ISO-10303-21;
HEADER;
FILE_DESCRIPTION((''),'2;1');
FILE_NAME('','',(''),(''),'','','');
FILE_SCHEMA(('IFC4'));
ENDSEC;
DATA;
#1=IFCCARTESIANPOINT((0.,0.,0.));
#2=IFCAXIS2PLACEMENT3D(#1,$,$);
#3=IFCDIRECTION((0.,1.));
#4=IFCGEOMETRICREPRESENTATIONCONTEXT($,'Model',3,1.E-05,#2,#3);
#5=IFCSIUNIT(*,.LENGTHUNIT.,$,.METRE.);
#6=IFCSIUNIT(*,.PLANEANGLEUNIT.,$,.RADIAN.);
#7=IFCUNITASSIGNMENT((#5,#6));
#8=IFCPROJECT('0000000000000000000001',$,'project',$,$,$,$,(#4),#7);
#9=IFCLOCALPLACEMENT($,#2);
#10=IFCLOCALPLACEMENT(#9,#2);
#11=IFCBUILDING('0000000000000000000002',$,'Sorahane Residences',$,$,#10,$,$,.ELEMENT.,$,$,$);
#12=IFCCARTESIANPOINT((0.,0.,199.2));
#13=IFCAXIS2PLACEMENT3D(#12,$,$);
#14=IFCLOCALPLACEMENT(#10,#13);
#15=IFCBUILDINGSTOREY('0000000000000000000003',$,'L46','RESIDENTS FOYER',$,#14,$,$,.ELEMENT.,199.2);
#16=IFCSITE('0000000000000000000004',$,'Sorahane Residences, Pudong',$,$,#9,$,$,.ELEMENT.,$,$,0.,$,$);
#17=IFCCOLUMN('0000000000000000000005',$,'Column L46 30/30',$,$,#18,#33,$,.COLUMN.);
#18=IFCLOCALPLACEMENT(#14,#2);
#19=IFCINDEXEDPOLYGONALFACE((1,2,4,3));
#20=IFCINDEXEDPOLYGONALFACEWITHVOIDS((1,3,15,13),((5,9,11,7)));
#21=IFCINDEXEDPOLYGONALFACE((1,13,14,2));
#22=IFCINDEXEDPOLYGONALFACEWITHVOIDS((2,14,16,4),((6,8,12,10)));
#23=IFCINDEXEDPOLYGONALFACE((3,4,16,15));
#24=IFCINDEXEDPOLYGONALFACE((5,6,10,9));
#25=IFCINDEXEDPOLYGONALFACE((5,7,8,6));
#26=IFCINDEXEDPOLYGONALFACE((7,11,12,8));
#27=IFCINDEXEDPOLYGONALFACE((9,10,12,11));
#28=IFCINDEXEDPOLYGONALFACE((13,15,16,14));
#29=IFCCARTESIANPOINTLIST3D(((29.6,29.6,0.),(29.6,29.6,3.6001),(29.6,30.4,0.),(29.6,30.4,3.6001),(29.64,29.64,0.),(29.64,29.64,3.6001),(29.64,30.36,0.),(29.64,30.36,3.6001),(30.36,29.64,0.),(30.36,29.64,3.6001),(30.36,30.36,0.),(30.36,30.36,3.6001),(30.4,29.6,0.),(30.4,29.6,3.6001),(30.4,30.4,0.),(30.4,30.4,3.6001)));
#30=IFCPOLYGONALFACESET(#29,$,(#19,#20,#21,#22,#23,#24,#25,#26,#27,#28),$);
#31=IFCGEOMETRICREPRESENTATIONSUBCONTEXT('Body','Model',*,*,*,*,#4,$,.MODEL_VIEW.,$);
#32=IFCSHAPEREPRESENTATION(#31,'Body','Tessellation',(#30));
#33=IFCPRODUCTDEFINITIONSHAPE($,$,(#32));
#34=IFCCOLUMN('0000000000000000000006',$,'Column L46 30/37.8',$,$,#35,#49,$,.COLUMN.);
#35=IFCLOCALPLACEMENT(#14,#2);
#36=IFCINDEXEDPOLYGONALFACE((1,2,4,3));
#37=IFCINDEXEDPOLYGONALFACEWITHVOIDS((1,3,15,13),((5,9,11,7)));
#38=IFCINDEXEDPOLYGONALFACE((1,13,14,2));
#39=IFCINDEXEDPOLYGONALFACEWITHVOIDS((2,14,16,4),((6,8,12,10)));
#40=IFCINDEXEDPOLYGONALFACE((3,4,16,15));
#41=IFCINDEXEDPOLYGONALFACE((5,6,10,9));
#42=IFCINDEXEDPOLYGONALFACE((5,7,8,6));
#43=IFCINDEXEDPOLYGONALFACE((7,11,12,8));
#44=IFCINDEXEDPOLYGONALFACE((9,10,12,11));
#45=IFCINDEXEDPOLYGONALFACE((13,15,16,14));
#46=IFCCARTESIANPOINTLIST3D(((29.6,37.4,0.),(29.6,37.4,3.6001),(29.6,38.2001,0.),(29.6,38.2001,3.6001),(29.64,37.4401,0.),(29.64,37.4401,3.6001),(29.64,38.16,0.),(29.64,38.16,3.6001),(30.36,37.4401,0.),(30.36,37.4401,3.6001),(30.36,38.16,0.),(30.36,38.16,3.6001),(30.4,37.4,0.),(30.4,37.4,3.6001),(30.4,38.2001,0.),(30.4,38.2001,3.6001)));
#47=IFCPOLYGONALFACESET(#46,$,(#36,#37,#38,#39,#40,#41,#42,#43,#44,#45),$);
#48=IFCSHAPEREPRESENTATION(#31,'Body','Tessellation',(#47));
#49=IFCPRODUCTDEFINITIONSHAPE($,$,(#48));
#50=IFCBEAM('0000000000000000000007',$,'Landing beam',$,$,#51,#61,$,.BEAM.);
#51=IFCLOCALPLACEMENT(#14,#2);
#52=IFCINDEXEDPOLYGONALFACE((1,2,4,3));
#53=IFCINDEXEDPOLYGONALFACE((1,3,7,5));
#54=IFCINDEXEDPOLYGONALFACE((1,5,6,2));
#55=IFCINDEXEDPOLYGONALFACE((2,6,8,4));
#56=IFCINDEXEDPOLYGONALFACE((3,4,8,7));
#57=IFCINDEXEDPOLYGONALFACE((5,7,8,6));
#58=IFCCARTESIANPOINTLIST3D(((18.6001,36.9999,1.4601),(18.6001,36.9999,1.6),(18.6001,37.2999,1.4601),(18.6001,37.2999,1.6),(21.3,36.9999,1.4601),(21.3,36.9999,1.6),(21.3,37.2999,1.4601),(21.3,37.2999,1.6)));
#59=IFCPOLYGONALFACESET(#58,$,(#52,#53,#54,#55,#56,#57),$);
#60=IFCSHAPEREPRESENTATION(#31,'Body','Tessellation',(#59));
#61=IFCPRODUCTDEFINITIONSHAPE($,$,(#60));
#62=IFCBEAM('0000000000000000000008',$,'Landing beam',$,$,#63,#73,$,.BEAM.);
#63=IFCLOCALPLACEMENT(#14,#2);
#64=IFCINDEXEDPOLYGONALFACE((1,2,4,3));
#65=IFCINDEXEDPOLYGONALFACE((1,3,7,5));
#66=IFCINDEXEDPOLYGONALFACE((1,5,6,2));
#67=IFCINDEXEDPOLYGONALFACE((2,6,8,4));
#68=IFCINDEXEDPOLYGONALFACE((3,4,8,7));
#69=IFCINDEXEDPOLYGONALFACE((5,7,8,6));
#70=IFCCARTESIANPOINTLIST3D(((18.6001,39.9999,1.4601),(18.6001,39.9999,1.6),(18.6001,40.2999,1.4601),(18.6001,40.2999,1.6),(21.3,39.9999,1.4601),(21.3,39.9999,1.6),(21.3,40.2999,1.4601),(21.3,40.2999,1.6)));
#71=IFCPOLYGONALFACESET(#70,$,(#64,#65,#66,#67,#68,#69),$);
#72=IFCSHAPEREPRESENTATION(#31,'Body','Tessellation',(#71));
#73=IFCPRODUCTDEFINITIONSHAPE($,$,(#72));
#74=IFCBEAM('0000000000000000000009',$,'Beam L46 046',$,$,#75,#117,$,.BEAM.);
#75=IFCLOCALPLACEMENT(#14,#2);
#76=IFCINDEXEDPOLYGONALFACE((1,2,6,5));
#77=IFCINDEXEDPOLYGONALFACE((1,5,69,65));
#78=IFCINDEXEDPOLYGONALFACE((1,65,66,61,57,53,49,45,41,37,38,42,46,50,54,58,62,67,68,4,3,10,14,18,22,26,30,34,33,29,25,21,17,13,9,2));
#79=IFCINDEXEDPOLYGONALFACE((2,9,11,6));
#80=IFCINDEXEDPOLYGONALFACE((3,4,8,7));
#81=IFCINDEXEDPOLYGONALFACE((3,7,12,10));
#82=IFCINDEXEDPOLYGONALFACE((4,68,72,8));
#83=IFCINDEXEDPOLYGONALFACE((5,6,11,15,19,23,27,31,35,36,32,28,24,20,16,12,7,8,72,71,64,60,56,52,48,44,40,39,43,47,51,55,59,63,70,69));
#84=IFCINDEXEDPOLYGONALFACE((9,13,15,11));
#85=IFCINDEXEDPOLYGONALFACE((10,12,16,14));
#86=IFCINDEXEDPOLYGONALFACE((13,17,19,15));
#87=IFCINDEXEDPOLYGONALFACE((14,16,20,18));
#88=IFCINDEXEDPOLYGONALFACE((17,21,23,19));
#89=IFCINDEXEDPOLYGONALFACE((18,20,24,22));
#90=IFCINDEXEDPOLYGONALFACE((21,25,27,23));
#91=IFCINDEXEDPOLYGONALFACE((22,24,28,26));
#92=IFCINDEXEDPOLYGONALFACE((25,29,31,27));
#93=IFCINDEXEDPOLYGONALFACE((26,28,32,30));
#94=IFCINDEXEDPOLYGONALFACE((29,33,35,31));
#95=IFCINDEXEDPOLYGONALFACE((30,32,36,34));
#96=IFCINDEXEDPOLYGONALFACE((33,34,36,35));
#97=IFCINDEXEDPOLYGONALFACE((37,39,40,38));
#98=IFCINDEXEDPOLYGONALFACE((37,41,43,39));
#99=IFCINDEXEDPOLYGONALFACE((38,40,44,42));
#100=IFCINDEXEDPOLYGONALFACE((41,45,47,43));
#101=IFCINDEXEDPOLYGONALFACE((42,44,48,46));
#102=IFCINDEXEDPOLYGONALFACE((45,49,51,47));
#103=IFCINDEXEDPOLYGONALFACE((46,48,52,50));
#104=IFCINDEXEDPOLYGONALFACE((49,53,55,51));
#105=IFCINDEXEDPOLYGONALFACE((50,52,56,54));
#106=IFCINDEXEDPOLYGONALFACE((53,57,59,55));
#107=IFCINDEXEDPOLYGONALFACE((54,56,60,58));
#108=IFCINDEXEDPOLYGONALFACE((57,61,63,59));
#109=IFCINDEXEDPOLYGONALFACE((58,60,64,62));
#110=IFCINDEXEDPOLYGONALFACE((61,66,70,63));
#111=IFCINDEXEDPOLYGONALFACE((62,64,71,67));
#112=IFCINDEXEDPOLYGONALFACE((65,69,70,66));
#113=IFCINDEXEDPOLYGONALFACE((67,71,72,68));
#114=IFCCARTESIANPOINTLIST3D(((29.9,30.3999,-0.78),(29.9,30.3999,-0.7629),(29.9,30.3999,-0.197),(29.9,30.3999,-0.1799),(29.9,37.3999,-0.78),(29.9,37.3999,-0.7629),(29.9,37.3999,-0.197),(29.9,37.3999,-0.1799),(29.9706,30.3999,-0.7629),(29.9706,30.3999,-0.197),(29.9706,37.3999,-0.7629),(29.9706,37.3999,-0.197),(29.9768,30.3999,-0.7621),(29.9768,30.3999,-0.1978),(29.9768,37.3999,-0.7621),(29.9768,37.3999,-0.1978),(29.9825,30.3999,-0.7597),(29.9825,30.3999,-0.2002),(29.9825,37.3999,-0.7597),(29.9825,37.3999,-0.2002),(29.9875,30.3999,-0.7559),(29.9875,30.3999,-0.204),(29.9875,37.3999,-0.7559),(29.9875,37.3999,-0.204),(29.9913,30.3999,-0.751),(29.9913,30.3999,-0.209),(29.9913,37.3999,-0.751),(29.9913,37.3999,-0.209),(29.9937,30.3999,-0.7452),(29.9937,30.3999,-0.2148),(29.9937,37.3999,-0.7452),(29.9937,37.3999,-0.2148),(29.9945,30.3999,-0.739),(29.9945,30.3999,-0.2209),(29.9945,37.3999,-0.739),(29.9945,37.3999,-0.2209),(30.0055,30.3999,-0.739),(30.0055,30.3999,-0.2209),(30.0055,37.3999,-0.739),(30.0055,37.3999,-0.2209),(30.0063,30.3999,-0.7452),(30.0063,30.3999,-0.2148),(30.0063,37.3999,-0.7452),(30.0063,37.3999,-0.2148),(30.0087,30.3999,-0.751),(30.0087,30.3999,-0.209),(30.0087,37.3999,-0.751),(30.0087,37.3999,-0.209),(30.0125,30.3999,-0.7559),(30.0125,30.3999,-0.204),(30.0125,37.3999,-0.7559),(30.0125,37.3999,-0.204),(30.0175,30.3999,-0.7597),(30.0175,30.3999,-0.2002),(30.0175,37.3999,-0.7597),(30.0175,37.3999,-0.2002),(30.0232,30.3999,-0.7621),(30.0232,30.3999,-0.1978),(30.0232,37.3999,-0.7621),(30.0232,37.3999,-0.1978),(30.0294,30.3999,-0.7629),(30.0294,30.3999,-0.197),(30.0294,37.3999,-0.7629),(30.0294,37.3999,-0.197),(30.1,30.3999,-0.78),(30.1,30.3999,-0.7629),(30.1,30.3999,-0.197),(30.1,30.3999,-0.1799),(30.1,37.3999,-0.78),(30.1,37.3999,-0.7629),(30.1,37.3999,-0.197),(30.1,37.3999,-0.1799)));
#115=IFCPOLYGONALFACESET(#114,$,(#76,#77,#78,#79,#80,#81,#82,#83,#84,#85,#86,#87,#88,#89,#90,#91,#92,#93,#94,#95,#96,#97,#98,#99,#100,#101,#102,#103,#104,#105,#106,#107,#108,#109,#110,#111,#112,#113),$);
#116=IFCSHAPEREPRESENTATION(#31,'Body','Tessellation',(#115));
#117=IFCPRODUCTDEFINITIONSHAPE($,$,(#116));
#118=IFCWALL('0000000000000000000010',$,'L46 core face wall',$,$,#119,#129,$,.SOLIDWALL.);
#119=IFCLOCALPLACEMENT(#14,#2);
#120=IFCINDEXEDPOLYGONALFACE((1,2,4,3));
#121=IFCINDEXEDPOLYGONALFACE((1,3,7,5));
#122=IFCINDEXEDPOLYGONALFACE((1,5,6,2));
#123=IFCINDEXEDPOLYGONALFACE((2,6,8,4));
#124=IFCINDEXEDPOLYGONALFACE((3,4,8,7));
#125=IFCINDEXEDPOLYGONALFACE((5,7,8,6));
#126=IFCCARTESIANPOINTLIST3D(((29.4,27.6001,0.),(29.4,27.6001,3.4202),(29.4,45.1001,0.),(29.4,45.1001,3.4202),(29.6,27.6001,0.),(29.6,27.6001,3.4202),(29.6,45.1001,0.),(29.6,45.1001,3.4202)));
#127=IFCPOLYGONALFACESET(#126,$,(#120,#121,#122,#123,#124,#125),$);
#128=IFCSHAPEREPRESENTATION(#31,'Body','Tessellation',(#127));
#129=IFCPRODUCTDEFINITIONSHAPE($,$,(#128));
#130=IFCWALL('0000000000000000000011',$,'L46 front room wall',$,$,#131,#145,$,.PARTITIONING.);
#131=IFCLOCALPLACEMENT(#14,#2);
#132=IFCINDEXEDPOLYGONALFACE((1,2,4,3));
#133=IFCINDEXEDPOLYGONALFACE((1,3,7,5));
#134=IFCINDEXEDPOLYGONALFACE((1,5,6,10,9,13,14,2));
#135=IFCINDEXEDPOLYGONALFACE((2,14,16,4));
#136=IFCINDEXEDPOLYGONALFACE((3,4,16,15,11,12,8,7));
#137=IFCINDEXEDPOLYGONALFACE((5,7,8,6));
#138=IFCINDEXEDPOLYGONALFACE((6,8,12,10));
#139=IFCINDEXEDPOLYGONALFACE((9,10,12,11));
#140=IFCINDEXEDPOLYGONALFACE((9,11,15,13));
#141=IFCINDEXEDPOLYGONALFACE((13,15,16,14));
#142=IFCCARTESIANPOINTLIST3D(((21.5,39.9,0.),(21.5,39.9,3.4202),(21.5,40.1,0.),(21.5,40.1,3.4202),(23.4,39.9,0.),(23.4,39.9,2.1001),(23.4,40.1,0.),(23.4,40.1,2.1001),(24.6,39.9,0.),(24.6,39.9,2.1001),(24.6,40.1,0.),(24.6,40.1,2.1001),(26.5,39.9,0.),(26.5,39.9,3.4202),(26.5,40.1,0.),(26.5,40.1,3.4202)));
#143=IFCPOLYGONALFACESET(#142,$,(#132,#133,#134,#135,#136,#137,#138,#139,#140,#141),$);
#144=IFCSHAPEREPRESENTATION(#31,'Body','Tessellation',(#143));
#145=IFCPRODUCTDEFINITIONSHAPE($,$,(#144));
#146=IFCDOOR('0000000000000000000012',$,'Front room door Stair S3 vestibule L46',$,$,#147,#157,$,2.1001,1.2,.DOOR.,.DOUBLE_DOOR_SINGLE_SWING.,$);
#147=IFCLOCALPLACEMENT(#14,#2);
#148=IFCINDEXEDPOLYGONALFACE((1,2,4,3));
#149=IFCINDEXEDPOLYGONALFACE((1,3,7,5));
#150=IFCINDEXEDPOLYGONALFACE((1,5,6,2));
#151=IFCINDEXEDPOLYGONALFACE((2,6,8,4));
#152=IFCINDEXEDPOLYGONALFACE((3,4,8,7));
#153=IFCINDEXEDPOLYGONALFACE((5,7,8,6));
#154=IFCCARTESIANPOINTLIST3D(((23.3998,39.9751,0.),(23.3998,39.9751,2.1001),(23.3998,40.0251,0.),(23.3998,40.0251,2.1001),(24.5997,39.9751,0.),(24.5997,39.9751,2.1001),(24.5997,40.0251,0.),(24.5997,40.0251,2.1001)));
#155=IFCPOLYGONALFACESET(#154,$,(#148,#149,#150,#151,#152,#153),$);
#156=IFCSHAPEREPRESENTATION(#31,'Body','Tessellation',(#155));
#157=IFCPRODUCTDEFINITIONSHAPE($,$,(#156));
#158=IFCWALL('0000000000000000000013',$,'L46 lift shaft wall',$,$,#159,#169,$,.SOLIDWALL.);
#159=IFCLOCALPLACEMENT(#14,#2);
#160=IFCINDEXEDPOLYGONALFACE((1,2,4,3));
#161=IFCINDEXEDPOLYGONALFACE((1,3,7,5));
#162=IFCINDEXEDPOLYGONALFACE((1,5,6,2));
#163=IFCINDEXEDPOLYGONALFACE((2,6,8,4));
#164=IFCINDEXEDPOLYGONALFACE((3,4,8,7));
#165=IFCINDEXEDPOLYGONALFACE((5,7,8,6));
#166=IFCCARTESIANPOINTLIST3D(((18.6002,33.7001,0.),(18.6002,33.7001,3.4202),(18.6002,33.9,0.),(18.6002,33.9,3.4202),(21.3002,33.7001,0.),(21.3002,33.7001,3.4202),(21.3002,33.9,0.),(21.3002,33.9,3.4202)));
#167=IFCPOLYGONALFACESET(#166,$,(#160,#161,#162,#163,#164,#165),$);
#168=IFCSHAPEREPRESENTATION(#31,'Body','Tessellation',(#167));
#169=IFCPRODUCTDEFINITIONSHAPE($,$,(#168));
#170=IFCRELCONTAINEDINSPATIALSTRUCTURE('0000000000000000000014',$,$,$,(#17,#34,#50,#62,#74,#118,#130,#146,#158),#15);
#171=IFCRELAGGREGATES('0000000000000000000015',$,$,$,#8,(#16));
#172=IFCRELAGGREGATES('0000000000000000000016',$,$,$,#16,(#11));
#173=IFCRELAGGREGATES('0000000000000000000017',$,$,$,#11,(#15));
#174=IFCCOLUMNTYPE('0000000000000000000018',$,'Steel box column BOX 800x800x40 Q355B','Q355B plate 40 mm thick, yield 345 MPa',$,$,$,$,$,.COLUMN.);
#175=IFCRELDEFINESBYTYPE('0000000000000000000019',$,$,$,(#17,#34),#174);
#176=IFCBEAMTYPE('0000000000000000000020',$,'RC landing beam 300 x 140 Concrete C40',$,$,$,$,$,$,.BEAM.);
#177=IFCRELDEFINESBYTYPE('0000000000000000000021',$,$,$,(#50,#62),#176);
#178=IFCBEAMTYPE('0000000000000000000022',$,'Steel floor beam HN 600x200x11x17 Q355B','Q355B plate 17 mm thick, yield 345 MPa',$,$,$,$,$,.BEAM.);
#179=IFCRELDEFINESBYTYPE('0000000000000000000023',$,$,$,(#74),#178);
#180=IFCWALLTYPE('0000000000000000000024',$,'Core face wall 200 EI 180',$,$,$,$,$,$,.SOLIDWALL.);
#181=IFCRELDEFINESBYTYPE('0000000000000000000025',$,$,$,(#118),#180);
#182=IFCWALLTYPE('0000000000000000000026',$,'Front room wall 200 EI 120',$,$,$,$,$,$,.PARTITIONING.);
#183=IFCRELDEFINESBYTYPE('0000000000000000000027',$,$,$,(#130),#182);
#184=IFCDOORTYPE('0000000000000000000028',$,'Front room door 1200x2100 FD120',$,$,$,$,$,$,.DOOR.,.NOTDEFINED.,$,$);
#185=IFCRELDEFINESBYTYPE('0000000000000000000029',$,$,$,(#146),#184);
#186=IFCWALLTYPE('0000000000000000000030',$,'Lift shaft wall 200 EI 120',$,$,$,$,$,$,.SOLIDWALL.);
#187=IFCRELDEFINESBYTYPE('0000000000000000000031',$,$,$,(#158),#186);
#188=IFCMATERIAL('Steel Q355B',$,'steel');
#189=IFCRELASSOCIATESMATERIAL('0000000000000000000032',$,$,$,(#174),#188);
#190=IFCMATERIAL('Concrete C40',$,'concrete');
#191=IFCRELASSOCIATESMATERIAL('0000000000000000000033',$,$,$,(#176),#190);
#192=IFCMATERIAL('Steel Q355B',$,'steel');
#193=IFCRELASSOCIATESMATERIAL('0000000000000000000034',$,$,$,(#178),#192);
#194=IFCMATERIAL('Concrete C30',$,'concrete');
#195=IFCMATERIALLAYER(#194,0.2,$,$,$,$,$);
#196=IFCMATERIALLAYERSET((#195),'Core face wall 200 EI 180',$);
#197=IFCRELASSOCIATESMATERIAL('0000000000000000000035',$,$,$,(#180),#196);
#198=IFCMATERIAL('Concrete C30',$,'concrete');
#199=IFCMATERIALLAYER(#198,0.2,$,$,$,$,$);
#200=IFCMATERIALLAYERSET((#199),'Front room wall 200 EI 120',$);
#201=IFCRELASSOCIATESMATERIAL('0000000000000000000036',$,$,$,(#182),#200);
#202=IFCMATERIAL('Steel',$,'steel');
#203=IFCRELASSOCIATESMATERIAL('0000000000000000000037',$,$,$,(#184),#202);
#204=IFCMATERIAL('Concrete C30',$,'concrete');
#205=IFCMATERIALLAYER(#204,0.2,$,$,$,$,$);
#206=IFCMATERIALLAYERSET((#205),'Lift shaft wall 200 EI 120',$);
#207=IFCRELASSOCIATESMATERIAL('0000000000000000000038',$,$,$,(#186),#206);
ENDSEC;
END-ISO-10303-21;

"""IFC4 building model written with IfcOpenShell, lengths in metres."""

from ifc_helpers import new_model, si_unit, direction, frame, frame_2d, origin, origin_2d, place, context, subcontext, project, spatial, rectangle, hollow_rectangle, i_section, extrude, material, layer, layer_set, material_profile, profile_set, type_object, element, fill, save


model = new_model("IFC4")

# Units and contexts
model_context = context("Model", 3, precision=1e-05, world=origin(), true_north=direction((0.0, 1.0)))
body_context = subcontext(model_context, "Body", "Model", "MODEL_VIEW")
ifc_project = project(units=[si_unit("LENGTHUNIT", "METRE"), si_unit("PLANEANGLEUNIT", "RADIAN")], contexts=[model_context])

# Site, building, storey
site_placement = place(None, origin())
site = spatial("IfcSite", under=ifc_project, at=site_placement, Name="Sorahane Residences, Pudong", CompositionType="ELEMENT", RefElevation=0.0)
building_placement = place(site_placement, origin())
building = spatial("IfcBuilding", under=site, at=building_placement, Name="Sorahane Residences", CompositionType="ELEMENT")
storey_placement = place(building_placement, frame((0.0, 0.0, 199.2)))
storey = spatial("IfcBuildingStorey", under=building, at=storey_placement, Name="L46", Description="RESIDENTS FOYER", CompositionType="ELEMENT", Elevation=199.2)

# Columns
ifc_material_1 = material(Name="Steel Q355B", Category="steel")
ifc_material_profile_1 = material_profile(ifc_material_1, hollow_rectangle(XDim=0.8, YDim=0.8, WallThickness=0.04, at=origin_2d()), Name="BOX 800x800x40")
ifc_profile_set_1 = profile_set([ifc_material_profile_1], Name="Steel Q355B")
column_type = type_object("IfcColumnType", Name="Steel box column BOX 800x800x40 Q355B", Description="Q355B plate 40 mm thick, yield 345 MPa", PredefinedType="COLUMN", material=ifc_profile_set_1)
for number, where, z_axis, x_axis, name in (
    (1, (30.0, 30.0, 0.0), (0.0, 0.0, 1.0), (1.0, 0.0, 0.0), "Column L46 30/30"),
    (2, (30.0, 37.8, 0.0), (0.0, 0.0, 1.0), (1.0, 0.0, 0.0), "Column L46 30/37.8"),
):
    element("IfcColumn", number, at=place(storey_placement, frame(where, z_axis=z_axis, x_axis=x_axis)), inside=storey, type_object=column_type, Name=name, PredefinedType="COLUMN", context=body_context, shape_type="SweptSolid", body=[
        extrude(hollow_rectangle(XDim=0.8, YDim=0.8, WallThickness=0.04, at=origin_2d()), origin(), (0.0, 0.0, 1.0), 3.6001),
    ])

# Beams
ifc_material_2 = material(Name="Concrete C40", Category="concrete")
ifc_material_profile_2 = material_profile(ifc_material_2, rectangle(XDim=0.3, YDim=0.1399, at=origin_2d()), Name="300x140")
ifc_profile_set_2 = profile_set([ifc_material_profile_2], Name="Concrete C40")
beam_type_1 = type_object("IfcBeamType", Name="RC landing beam 300 x 140 Concrete C40", PredefinedType="BEAM", material=ifc_profile_set_2)
for number, where, z_axis, x_axis, name in (
    (3, (18.6001, 37.1499, 1.53), (1.0, 0.0, 0.0), (0.0, 1.0, 0.0), "Landing beam"),
    (4, (18.6001, 40.1499, 1.53), (1.0, 0.0, 0.0), (0.0, 1.0, 0.0), "Landing beam"),
):
    element("IfcBeam", number, at=place(storey_placement, frame(where, z_axis=z_axis, x_axis=x_axis)), inside=storey, type_object=beam_type_1, Name=name, PredefinedType="BEAM", context=body_context, shape_type="SweptSolid", body=[
        extrude(rectangle(XDim=0.3, YDim=0.1399, at=origin_2d()), origin(), (0.0, 0.0, 1.0), 2.7),
    ])
ifc_material_3 = material(Name="Steel Q355B", Category="steel")
ifc_material_profile_3 = material_profile(ifc_material_3, i_section(OverallWidth=0.2, OverallDepth=0.6001, WebThickness=0.011, FlangeThickness=0.0171, FilletRadius=0.0239, at=origin_2d()), Name="HN 600x200x11x17")
ifc_profile_set_3 = profile_set([ifc_material_profile_3], Name="Steel Q355B")
beam_type_2 = type_object("IfcBeamType", Name="Steel floor beam HN 600x200x11x17 Q355B", Description="Q355B plate 17 mm thick, yield 345 MPa", PredefinedType="BEAM", material=ifc_profile_set_3)
beam_placement = place(storey_placement, frame((30.0, 30.3999, -0.48), z_axis=(0.0, 1.0, 0.0), x_axis=(-1.0, 0.0, 0.0)))
element("IfcBeam", 5, at=beam_placement, inside=storey, type_object=beam_type_2, Name="Beam L46 046", PredefinedType="BEAM", context=body_context, shape_type="SweptSolid", body=[
    extrude(i_section(OverallWidth=0.2, OverallDepth=0.6001, WebThickness=0.011, FlangeThickness=0.0171, FilletRadius=0.0239, at=origin_2d()), origin(), (0.0, 0.0, 1.0), 7.0),
])

# Wall
ifc_material_4 = material(Name="Concrete C30", Category="concrete")
ifc_layer_1 = layer(ifc_material_4, 0.2)
ifc_layer_set_1 = layer_set([ifc_layer_1], Name="Core face wall 200 EI 180")
wall_type_1 = type_object("IfcWallType", Name="Core face wall 200 EI 180", PredefinedType="SOLIDWALL", material=ifc_layer_set_1)
wall_1_placement = place(storey_placement, frame((29.5, 27.6001, 0.0), z_axis=(0.0, 0.0, 1.0), x_axis=(0.0, 1.0, 0.0)))
element("IfcWall", 6, at=wall_1_placement, inside=storey, type_object=wall_type_1, Name="L46 core face wall", PredefinedType="SOLIDWALL", context=body_context, shape_type="SweptSolid", body=[
    extrude(rectangle(XDim=17.5, YDim=0.2, at=frame_2d((8.75, 0.0))), origin(), (0.0, 0.0, 1.0), 3.4202),
])

# Wall, opening, door
ifc_material_5 = material(Name="Concrete C30", Category="concrete")
ifc_layer_2 = layer(ifc_material_5, 0.2)
ifc_layer_set_2 = layer_set([ifc_layer_2], Name="Front room wall 200 EI 120")
wall_type_2 = type_object("IfcWallType", Name="Front room wall 200 EI 120", PredefinedType="PARTITIONING", material=ifc_layer_set_2)
wall_2_placement = place(storey_placement, frame((21.5, 40.0, 0.0), z_axis=(0.0, 0.0, 1.0), x_axis=(1.0, 0.0, 0.0)))
wall_2 = element("IfcWall", 7, at=wall_2_placement, inside=storey, type_object=wall_type_2, Name="L46 front room wall", PredefinedType="PARTITIONING", context=body_context, shape_type="SweptSolid", body=[
    extrude(rectangle(XDim=5.0, YDim=0.2, at=frame_2d((2.5, 0.0))), origin(), (0.0, 0.0, 1.0), 3.4202),
])
opening_1_placement = place(wall_2_placement, frame((1.8999, 0.0, 0.0)))
opening_1 = element("IfcOpeningElement", 8, at=opening_1_placement, cuts=wall_2, PredefinedType="OPENING", context=body_context, shape_type="SweptSolid", body=[
    extrude(rectangle(XDim=1.2, YDim=2.1001, at=frame_2d((0.6001, 1.05))), frame((0.0, 0.1099, 0.0), z_axis=(0.0, -1.0, 0.0), x_axis=(1.0, 0.0, 0.0)), (0.0, 0.0, 1.0), 0.22),
])
ifc_material_6 = material(Name="Steel", Category="steel")
door_type_1 = type_object("IfcDoorType", Name="Front room door 1200x2100 FD120", OperationType="NOTDEFINED", PredefinedType="DOOR", material=ifc_material_6)
door_1_placement = place(opening_1_placement, frame((1.2, 0.0, 0.0), z_axis=(0.0, 0.0, 1.0), x_axis=(-1.0, 0.0, 0.0)))
door_1 = element("IfcDoor", 9, at=door_1_placement, inside=storey, type_object=door_type_1, Name="Front room door Stair S3 vestibule L46", OperationType="DOUBLE_DOOR_SINGLE_SWING", OverallHeight=2.1001, OverallWidth=1.2, PredefinedType="DOOR", context=body_context, shape_type="SweptSolid", body=[
    extrude(rectangle(XDim=1.2, YDim=2.1001, at=frame_2d((0.6001, 1.05))), frame((0.0, 0.0249, 0.0), z_axis=(0.0, -1.0, 0.0), x_axis=(1.0, 0.0, 0.0)), (0.0, 0.0, 1.0), 0.05),
])
fill(opening_1, door_1)

# Wall
ifc_material_7 = material(Name="Concrete C30", Category="concrete")
ifc_layer_3 = layer(ifc_material_7, 0.2)
ifc_layer_set_3 = layer_set([ifc_layer_3], Name="Lift shaft wall 200 EI 120")
wall_type_3 = type_object("IfcWallType", Name="Lift shaft wall 200 EI 120", PredefinedType="SOLIDWALL", material=ifc_layer_set_3)
wall_3_placement = place(storey_placement, frame((18.6001, 33.8, 0.0), z_axis=(0.0, 0.0, 1.0), x_axis=(1.0, 0.0, 0.0)))
element("IfcWall", 10, at=wall_3_placement, inside=storey, type_object=wall_type_3, Name="L46 lift shaft wall", PredefinedType="SOLIDWALL", context=body_context, shape_type="SweptSolid", body=[
    extrude(rectangle(XDim=2.7, YDim=0.2, at=frame_2d((1.3501, 0.0))), origin(), (0.0, 0.0, 1.0), 3.4202),
])

save(model, "model.ifc")
